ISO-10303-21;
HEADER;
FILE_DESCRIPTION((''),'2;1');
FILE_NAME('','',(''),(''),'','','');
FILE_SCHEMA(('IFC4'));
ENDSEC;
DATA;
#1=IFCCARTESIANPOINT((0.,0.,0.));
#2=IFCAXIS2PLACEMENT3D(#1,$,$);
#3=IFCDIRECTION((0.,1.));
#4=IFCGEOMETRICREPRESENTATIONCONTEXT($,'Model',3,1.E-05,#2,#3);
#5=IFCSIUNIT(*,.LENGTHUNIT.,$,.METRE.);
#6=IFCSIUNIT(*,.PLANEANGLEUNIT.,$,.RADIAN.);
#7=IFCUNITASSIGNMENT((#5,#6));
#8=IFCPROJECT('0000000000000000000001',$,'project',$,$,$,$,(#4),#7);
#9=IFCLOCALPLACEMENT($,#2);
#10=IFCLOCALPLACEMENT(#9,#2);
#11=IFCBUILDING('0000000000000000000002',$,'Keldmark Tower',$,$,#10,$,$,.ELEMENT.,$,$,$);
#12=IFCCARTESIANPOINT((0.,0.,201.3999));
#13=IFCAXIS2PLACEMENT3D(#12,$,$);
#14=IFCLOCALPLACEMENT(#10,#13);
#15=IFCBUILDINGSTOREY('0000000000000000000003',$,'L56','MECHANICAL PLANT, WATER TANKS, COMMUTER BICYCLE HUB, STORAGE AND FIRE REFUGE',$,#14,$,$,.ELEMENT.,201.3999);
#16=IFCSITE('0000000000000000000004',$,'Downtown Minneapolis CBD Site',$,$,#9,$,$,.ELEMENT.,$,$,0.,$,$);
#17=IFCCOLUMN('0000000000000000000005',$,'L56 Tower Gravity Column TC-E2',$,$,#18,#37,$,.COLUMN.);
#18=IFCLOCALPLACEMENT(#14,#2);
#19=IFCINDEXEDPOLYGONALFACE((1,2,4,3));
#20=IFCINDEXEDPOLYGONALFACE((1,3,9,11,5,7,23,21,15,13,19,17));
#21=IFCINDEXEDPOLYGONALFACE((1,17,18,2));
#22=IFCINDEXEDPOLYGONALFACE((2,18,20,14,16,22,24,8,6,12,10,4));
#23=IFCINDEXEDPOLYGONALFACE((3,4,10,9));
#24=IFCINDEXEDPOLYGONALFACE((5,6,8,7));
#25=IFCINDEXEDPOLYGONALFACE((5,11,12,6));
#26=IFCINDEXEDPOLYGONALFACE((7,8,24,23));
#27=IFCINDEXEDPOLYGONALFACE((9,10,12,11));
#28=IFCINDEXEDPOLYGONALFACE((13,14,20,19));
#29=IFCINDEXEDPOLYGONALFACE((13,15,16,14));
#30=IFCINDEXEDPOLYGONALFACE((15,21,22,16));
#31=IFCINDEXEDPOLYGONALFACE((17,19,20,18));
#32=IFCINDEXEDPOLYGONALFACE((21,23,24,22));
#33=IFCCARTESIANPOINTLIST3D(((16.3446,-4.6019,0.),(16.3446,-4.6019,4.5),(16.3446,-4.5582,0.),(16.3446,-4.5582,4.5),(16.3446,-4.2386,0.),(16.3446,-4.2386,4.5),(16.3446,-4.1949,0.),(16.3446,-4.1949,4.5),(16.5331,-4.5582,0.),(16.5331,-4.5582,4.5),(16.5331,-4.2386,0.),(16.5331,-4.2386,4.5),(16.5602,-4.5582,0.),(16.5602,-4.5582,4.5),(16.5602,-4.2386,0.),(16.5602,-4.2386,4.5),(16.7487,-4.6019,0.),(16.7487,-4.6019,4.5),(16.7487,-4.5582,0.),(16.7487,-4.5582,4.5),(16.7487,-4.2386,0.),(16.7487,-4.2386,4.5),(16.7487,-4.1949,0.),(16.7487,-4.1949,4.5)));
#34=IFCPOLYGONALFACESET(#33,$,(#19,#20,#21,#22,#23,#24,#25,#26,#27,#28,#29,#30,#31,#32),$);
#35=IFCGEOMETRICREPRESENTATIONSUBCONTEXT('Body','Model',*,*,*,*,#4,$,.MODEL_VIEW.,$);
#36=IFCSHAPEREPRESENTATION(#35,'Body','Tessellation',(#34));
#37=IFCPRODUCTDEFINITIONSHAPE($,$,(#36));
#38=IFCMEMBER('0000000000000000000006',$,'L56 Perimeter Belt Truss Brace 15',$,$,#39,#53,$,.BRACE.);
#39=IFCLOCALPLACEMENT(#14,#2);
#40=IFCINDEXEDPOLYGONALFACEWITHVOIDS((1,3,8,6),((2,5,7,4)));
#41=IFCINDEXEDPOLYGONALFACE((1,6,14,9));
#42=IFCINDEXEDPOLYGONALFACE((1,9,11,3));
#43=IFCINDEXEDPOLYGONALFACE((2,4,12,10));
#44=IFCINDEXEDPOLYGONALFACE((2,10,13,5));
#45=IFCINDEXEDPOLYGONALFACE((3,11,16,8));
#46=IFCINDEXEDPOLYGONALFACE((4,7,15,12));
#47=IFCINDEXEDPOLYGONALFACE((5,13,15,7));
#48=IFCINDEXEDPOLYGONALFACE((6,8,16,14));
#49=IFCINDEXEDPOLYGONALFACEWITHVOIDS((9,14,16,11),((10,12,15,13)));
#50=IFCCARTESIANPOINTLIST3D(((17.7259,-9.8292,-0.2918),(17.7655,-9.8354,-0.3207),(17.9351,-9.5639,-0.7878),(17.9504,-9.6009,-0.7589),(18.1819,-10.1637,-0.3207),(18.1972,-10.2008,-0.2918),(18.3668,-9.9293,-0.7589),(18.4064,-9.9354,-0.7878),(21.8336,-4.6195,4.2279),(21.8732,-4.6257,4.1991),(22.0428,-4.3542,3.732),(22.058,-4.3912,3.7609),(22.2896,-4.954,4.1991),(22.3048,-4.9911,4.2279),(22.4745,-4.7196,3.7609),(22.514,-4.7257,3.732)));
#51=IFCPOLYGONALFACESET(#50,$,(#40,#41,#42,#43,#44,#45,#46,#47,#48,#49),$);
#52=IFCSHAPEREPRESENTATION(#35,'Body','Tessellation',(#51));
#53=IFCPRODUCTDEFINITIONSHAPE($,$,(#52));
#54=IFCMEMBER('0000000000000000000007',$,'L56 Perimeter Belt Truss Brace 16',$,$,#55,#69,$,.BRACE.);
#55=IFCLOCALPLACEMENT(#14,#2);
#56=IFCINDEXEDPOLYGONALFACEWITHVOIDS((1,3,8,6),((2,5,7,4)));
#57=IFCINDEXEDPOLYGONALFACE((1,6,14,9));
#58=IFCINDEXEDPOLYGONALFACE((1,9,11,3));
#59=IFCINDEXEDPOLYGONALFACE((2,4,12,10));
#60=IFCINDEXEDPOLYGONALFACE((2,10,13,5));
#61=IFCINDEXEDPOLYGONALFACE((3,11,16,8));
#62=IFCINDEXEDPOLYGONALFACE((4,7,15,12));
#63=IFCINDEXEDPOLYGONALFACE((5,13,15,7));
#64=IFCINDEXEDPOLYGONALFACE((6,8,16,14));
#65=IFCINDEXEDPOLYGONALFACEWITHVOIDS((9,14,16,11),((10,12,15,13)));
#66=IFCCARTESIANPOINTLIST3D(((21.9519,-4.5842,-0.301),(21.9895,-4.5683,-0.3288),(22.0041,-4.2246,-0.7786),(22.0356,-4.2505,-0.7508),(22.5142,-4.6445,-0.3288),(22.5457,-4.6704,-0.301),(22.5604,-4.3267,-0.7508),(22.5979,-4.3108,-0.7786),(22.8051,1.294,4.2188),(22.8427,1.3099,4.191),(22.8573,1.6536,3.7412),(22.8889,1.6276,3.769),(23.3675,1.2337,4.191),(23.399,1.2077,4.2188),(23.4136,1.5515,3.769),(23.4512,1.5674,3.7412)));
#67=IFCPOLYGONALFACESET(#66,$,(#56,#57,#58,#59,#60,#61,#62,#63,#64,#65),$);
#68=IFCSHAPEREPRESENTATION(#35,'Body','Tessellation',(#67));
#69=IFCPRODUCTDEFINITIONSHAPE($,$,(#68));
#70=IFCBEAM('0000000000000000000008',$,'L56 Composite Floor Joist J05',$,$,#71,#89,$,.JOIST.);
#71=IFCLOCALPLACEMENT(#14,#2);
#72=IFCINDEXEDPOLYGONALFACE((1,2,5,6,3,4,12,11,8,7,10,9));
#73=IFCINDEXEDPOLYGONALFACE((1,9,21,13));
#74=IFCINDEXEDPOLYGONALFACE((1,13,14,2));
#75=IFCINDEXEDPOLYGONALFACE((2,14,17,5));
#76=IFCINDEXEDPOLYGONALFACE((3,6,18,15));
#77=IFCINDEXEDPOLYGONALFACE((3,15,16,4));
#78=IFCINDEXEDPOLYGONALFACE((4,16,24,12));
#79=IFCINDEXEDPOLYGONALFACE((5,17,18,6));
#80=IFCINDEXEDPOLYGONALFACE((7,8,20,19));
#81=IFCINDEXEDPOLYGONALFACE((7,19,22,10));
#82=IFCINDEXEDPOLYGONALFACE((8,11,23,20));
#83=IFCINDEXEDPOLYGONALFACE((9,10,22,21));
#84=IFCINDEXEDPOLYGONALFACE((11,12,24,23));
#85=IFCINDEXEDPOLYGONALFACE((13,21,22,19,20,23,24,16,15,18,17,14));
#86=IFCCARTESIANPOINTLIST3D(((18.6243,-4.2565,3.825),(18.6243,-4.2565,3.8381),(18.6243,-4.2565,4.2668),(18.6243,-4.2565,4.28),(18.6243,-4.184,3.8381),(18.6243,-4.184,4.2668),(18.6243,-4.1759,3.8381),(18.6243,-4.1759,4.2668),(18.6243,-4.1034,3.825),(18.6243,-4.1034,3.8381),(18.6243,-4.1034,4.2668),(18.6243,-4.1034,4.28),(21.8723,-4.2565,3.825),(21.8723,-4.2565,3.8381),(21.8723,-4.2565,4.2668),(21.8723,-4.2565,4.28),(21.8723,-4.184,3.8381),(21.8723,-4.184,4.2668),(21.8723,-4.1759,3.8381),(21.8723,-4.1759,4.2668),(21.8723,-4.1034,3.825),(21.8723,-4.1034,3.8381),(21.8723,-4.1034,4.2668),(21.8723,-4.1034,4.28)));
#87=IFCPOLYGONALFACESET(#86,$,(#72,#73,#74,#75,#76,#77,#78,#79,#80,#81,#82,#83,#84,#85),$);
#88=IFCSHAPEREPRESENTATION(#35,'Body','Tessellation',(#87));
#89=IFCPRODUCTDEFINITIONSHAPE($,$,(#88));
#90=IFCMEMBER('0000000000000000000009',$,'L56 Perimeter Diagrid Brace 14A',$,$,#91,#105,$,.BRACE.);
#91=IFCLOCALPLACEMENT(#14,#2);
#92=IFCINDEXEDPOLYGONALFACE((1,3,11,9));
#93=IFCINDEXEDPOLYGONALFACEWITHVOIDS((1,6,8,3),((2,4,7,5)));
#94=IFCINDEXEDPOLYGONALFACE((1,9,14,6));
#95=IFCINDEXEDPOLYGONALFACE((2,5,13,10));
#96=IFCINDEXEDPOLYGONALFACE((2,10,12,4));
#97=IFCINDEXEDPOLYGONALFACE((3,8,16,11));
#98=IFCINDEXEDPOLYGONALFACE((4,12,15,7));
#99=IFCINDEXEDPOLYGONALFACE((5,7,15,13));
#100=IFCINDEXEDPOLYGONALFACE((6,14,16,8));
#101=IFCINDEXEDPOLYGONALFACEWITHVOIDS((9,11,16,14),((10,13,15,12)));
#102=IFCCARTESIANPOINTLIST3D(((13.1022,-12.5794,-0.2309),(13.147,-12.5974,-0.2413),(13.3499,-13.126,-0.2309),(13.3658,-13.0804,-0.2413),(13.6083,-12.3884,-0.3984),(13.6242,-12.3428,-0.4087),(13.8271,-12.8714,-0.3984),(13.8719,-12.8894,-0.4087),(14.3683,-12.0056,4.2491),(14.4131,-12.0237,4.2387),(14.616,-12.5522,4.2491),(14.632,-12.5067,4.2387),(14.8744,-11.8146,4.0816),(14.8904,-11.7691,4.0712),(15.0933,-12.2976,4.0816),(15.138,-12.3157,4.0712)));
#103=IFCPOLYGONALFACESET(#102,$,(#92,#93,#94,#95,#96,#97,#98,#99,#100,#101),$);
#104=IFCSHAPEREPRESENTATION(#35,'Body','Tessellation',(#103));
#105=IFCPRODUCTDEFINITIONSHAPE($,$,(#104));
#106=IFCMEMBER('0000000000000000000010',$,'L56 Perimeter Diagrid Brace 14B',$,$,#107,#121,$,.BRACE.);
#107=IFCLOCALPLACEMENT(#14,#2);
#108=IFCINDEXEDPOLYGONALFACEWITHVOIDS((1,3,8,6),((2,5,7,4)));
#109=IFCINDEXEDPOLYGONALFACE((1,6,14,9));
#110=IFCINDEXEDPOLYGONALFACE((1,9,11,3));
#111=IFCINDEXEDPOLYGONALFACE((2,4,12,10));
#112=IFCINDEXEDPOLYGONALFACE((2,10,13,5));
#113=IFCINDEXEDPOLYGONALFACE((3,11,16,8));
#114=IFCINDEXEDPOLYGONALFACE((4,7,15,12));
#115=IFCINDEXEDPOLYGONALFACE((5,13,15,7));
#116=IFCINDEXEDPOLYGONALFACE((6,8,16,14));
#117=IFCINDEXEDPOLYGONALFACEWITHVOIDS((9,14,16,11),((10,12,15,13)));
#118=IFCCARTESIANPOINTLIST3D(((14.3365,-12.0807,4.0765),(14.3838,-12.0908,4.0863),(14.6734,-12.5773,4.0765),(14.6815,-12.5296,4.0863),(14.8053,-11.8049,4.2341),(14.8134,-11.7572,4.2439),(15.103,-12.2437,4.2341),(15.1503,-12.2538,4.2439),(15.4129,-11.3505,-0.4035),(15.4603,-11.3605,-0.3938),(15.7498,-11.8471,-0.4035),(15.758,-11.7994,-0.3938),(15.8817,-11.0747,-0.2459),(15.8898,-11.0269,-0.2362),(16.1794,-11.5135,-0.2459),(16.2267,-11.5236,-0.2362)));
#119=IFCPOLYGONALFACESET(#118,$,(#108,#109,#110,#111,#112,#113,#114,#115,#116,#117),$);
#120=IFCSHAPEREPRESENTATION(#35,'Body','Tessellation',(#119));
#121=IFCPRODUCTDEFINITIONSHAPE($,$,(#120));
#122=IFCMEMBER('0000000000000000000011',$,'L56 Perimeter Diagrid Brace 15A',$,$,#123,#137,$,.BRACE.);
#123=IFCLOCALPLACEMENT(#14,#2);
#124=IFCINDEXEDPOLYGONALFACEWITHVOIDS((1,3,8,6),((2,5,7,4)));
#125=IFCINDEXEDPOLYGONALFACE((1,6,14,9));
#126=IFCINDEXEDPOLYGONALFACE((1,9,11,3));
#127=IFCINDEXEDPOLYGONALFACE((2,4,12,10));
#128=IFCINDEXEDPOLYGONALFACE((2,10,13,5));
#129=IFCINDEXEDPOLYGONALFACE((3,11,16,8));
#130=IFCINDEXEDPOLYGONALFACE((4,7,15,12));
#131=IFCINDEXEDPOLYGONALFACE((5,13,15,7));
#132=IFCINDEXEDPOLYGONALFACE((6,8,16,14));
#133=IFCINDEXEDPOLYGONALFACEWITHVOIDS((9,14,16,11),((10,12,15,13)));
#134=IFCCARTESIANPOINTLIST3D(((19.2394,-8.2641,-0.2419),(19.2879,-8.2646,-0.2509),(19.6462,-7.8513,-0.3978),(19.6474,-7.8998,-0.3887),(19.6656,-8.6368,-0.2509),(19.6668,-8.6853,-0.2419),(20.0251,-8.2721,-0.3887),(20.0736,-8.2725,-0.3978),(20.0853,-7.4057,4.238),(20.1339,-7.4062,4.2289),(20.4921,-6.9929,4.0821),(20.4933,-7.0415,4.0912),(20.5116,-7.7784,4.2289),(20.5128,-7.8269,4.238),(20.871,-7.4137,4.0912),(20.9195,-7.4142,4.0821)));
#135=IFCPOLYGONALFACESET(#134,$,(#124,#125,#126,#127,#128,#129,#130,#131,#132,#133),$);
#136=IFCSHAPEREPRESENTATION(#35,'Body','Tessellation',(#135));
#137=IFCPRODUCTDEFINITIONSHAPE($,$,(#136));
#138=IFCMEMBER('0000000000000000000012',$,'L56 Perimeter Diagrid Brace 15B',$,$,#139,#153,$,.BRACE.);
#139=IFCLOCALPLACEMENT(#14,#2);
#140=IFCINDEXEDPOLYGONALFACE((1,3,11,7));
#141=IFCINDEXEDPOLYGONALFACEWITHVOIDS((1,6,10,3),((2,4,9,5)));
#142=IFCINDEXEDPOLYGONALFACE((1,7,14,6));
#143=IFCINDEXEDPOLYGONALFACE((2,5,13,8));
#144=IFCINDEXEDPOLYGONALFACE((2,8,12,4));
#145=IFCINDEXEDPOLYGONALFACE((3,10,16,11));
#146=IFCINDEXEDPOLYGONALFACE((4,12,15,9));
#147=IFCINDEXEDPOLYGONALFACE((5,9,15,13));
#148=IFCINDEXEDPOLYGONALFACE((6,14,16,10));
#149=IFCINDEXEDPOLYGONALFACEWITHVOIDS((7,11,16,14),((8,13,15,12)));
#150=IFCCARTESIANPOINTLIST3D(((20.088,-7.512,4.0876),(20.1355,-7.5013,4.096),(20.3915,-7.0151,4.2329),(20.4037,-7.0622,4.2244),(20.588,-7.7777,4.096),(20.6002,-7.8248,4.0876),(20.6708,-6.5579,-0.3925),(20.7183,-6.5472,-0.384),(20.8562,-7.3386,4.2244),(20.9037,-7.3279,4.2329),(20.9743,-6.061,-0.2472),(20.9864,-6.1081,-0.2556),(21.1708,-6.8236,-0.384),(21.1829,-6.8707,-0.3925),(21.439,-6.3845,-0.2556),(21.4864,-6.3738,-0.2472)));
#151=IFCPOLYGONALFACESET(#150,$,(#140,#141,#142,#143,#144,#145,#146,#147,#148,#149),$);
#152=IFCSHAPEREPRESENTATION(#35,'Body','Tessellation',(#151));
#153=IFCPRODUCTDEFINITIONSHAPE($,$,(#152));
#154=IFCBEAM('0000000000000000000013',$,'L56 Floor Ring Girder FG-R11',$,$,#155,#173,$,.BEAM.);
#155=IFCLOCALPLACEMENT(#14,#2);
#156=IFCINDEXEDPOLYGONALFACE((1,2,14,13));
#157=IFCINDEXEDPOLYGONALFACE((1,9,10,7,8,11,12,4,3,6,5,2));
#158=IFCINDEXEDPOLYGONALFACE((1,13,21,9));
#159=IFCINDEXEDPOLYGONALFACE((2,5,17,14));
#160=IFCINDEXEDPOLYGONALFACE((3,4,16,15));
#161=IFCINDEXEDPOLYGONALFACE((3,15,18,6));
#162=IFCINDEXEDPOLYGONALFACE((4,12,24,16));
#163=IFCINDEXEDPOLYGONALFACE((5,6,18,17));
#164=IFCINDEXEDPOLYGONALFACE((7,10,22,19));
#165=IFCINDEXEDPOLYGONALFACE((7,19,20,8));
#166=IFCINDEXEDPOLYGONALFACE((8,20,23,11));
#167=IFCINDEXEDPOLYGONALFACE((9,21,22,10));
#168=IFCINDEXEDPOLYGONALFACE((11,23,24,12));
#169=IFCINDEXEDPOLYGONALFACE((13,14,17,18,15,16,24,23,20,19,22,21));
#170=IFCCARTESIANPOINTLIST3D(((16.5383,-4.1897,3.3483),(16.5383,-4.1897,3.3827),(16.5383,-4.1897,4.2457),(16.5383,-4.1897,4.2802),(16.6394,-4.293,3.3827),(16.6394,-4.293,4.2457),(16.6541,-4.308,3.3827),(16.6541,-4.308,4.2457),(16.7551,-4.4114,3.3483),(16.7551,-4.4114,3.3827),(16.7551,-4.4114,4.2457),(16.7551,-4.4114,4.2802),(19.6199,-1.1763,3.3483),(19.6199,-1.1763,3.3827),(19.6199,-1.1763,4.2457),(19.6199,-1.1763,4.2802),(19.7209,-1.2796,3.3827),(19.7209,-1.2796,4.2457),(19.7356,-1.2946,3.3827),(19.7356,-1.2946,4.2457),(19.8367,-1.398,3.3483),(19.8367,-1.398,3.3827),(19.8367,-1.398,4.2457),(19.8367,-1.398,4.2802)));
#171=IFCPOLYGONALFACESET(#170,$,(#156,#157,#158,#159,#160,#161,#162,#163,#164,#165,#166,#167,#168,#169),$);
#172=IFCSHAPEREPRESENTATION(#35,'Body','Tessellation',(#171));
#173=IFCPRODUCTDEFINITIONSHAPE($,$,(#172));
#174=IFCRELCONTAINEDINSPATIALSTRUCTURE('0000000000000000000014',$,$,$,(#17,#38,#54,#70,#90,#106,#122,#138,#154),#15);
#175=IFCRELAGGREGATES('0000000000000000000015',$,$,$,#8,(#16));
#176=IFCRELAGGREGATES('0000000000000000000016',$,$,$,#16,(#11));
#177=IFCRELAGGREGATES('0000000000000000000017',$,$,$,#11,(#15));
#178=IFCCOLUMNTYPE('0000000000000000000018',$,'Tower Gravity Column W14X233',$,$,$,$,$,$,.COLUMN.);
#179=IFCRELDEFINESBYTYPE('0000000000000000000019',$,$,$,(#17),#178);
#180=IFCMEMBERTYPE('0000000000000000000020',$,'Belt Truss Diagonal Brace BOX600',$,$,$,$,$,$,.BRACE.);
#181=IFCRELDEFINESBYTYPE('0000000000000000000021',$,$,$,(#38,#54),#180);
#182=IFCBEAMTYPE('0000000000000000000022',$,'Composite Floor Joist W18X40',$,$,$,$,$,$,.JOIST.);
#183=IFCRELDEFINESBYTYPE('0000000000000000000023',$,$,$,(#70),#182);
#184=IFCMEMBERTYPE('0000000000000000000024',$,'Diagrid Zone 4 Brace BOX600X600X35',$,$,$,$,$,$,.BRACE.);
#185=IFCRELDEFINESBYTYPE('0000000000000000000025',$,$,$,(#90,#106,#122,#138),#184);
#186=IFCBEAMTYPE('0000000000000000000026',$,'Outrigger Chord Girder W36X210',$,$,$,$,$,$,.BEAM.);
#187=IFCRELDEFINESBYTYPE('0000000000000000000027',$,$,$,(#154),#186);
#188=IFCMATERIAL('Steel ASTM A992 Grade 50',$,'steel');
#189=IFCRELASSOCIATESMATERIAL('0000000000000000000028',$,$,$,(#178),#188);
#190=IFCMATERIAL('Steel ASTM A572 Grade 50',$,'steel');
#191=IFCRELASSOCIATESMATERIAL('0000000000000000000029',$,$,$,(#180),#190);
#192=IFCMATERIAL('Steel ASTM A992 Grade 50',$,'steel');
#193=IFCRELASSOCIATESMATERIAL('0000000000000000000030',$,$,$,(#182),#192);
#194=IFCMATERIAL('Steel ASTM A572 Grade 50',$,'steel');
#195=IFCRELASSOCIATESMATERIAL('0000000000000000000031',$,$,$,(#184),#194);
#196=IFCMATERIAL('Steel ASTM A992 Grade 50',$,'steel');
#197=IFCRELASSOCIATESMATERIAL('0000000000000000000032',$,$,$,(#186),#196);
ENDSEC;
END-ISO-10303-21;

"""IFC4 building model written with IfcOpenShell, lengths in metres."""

from ifc_helpers import new_model, si_unit, direction, frame, origin, origin_2d, place, context, subcontext, project, spatial, hollow_rectangle, i_section, extrude, material, material_profile, profile_set, type_object, element, save


model = new_model("IFC4")

# Units and contexts
model_context = context("Model", 3, precision=1e-05, world=origin(), true_north=direction((0.0, 1.0)))
body_context = subcontext(model_context, "Body", "Model", "MODEL_VIEW")
ifc_project = project(units=[si_unit("LENGTHUNIT", "METRE"), si_unit("PLANEANGLEUNIT", "RADIAN")], contexts=[model_context])

# Site, building, storey
site_placement = place(None, origin())
site = spatial("IfcSite", under=ifc_project, at=site_placement, Name="Downtown Minneapolis CBD Site", CompositionType="ELEMENT", RefElevation=0.0)
building_placement = place(site_placement, origin())
building = spatial("IfcBuilding", under=site, at=building_placement, Name="Keldmark Tower", CompositionType="ELEMENT")
storey_placement = place(building_placement, frame((0.0, 0.0, 201.3999)))
storey = spatial("IfcBuildingStorey", under=building, at=storey_placement, Name="L56", Description="MECHANICAL PLANT, WATER TANKS, COMMUTER BICYCLE HUB, STORAGE AND FIRE REFUGE", CompositionType="ELEMENT", Elevation=201.3999)

# Column
ifc_material_1 = material(Name="Steel ASTM A992 Grade 50", Category="steel")
ifc_material_profile_1 = material_profile(ifc_material_1, i_section(OverallWidth=0.4041, OverallDepth=0.407, WebThickness=0.0271, FlangeThickness=0.0437, at=origin_2d()), Name="W14X233")
ifc_profile_set_1 = profile_set([ifc_material_profile_1], Name="Steel ASTM A992 Grade 50")
column_type = type_object("IfcColumnType", Name="Tower Gravity Column W14X233", PredefinedType="COLUMN", material=ifc_profile_set_1)
column_placement = place(storey_placement, frame((16.5466, -4.3984, 0.0), z_axis=(0.0, 0.0, 1.0), x_axis=(1.0, 0.0, 0.0)))
element("IfcColumn", 1, at=column_placement, inside=storey, type_object=column_type, Name="L56 Tower Gravity Column TC-E2", PredefinedType="COLUMN", context=body_context, shape_type="SweptSolid", body=[
    extrude(i_section(OverallWidth=0.4041, OverallDepth=0.407, WebThickness=0.0271, FlangeThickness=0.0437, at=origin_2d()), origin(), (0.0, 0.0, 1.0), 4.5),
])

# Members
ifc_material_2 = material(Name="Steel ASTM A572 Grade 50", Category="steel")
ifc_material_profile_2 = material_profile(ifc_material_2, hollow_rectangle(XDim=0.6001, YDim=0.6001, WallThickness=0.0349, at=origin_2d()), Name="BOX600X600X35")
ifc_profile_set_2 = profile_set([ifc_material_profile_2], Name="Steel ASTM A572 Grade 50")
member_type_1 = type_object("IfcMemberType", Name="Belt Truss Diagonal Brace BOX600", PredefinedType="BRACE", material=ifc_profile_set_2)
member_1_placement = place(storey_placement, frame((18.0662, -9.8823, -0.5398), z_axis=(0.511693, 0.648975, 0.563029), x_axis=(-0.785269, 0.619155, 0.0)))
element("IfcMember", 2, at=member_1_placement, inside=storey, type_object=member_type_1, Name="L56 Perimeter Belt Truss Brace 15", PredefinedType="BRACE", context=body_context, shape_type="SweptSolid", body=[
    extrude(hollow_rectangle(XDim=0.6001, YDim=0.6001, WallThickness=0.0349, at=origin_2d()), origin(), (0.0, 0.0, 1.0), 8.0276),
])
member_2_placement = place(storey_placement, frame((22.2749, -4.4475, -0.5398), z_axis=(0.11432, 0.78755, 0.605554), x_axis=(-0.989628, 0.143654, 0.0)))
element("IfcMember", 3, at=member_2_placement, inside=storey, type_object=member_type_1, Name="L56 Perimeter Belt Truss Brace 16", PredefinedType="BRACE", context=body_context, shape_type="SweptSolid", body=[
    extrude(hollow_rectangle(XDim=0.6001, YDim=0.6001, WallThickness=0.0349, at=origin_2d()), origin(), (0.0, 0.0, 1.0), 7.4639),
])

# Beam
ifc_material_3 = material(Name="Steel ASTM A992 Grade 50", Category="steel")
ifc_material_profile_3 = material_profile(ifc_material_3, i_section(OverallWidth=0.1531, OverallDepth=0.4551, WebThickness=0.0081, FlangeThickness=0.0132, at=origin_2d()), Name="W18X40")
ifc_profile_set_3 = profile_set([ifc_material_profile_3], Name="Steel ASTM A992 Grade 50")
beam_type_1 = type_object("IfcBeamType", Name="Composite Floor Joist W18X40", PredefinedType="JOIST", material=ifc_profile_set_3)
beam_1_placement = place(storey_placement, frame((18.6243, -4.1799, 4.0525), z_axis=(1.0, 0.0, 0.0), x_axis=(0.0, 1.0, 0.0)))
element("IfcBeam", 4, at=beam_1_placement, inside=storey, type_object=beam_type_1, Name="L56 Composite Floor Joist J05", PredefinedType="JOIST", context=body_context, shape_type="SweptSolid", body=[
    extrude(i_section(OverallWidth=0.1531, OverallDepth=0.4551, WebThickness=0.0081, FlangeThickness=0.0132, at=origin_2d()), origin(), (0.0, 0.0, 1.0), 3.248),
])

# Members
ifc_material_4 = material(Name="Steel ASTM A572 Grade 50", Category="steel")
ifc_material_profile_4 = material_profile(ifc_material_4, hollow_rectangle(XDim=0.6001, YDim=0.6001, WallThickness=0.0349, at=origin_2d()), Name="BOX600X600X35")
ifc_profile_set_4 = profile_set([ifc_material_profile_4], Name="Steel ASTM A572 Grade 50")
member_type_2 = type_object("IfcMemberType", Name="Diagrid Zone 4 Brace BOX600X600X35", PredefinedType="BRACE", material=ifc_profile_set_4)
member_3_placement = place(storey_placement, frame((13.4871, -12.7344, -0.3198), z_axis=(0.269921, 0.122313, 0.955082), x_axis=(-0.412744, 0.910847, 0.0)))
element("IfcMember", 5, at=member_3_placement, inside=storey, type_object=member_type_2, Name="L56 Perimeter Diagrid Brace 14A", PredefinedType="BRACE", context=body_context, shape_type="SweptSolid", body=[
    extrude(hollow_rectangle(XDim=0.6001, YDim=0.6001, WallThickness=0.0349, at=origin_2d()), origin(), (0.0, 0.0, 1.0), 4.6907),
])
member_4_placement = place(storey_placement, frame((15.8198, -11.437, -0.3198), z_axis=(-0.230744, -0.156533, 0.960341), x_axis=(0.561396, -0.827547, 0.0)))
element("IfcMember", 6, at=member_4_placement, inside=storey, type_object=member_type_2, Name="L56 Perimeter Diagrid Brace 14B", PredefinedType="BRACE", context=body_context, shape_type="SweptSolid", body=[
    extrude(hollow_rectangle(XDim=0.6001, YDim=0.6001, WallThickness=0.0349, at=origin_2d()), origin(), (0.0, 0.0, 1.0), 4.665),
])
member_5_placement = place(storey_placement, frame((19.6565, -8.2683, -0.3198), z_axis=(0.182345, 0.185029, 0.965668), x_axis=(-0.712254, 0.701922, 0.0)))
element("IfcMember", 7, at=member_5_placement, inside=storey, type_object=member_type_2, Name="L56 Perimeter Diagrid Brace 15A", PredefinedType="BRACE", context=body_context, shape_type="SweptSolid", body=[
    extrude(hollow_rectangle(XDim=0.6001, YDim=0.6001, WallThickness=0.0349, at=origin_2d()), origin(), (0.0, 0.0, 1.0), 4.6392),
])
member_6_placement = place(storey_placement, frame((21.0786, -6.4658, -0.3198), z_axis=(-0.126211, -0.206633, 0.970244), x_axis=(0.853401, -0.521256, 0.0)))
element("IfcMember", 8, at=member_6_placement, inside=storey, type_object=member_type_2, Name="L56 Perimeter Diagrid Brace 15B", PredefinedType="BRACE", context=body_context, shape_type="SweptSolid", body=[
    extrude(hollow_rectangle(XDim=0.6001, YDim=0.6001, WallThickness=0.0349, at=origin_2d()), origin(), (0.0, 0.0, 1.0), 4.6174),
])

# Beam
ifc_material_5 = material(Name="Steel ASTM A992 Grade 50", Category="steel")
ifc_material_profile_5 = material_profile(ifc_material_5, i_section(OverallWidth=0.3101, OverallDepth=0.9319, WebThickness=0.021, FlangeThickness=0.0344, at=origin_2d()), Name="W36X210")
ifc_profile_set_5 = profile_set([ifc_material_profile_5], Name="Steel ASTM A992 Grade 50")
beam_type_2 = type_object("IfcBeamType", Name="Outrigger Chord Girder W36X210", PredefinedType="BEAM", material=ifc_profile_set_5)
beam_2_placement = place(storey_placement, frame((16.6467, -4.3005, 3.8142), z_axis=(0.714965, 0.699161, 0.0), x_axis=(-0.699161, 0.714965, 0.0)))
element("IfcBeam", 9, at=beam_2_placement, inside=storey, type_object=beam_type_2, Name="L56 Floor Ring Girder FG-R11", PredefinedType="BEAM", context=body_context, shape_type="SweptSolid", body=[
    extrude(i_section(OverallWidth=0.3101, OverallDepth=0.9319, WebThickness=0.021, FlangeThickness=0.0344, at=origin_2d()), origin(), (0.0, 0.0, 1.0), 4.3101),
])

save(model, "model.ifc")
